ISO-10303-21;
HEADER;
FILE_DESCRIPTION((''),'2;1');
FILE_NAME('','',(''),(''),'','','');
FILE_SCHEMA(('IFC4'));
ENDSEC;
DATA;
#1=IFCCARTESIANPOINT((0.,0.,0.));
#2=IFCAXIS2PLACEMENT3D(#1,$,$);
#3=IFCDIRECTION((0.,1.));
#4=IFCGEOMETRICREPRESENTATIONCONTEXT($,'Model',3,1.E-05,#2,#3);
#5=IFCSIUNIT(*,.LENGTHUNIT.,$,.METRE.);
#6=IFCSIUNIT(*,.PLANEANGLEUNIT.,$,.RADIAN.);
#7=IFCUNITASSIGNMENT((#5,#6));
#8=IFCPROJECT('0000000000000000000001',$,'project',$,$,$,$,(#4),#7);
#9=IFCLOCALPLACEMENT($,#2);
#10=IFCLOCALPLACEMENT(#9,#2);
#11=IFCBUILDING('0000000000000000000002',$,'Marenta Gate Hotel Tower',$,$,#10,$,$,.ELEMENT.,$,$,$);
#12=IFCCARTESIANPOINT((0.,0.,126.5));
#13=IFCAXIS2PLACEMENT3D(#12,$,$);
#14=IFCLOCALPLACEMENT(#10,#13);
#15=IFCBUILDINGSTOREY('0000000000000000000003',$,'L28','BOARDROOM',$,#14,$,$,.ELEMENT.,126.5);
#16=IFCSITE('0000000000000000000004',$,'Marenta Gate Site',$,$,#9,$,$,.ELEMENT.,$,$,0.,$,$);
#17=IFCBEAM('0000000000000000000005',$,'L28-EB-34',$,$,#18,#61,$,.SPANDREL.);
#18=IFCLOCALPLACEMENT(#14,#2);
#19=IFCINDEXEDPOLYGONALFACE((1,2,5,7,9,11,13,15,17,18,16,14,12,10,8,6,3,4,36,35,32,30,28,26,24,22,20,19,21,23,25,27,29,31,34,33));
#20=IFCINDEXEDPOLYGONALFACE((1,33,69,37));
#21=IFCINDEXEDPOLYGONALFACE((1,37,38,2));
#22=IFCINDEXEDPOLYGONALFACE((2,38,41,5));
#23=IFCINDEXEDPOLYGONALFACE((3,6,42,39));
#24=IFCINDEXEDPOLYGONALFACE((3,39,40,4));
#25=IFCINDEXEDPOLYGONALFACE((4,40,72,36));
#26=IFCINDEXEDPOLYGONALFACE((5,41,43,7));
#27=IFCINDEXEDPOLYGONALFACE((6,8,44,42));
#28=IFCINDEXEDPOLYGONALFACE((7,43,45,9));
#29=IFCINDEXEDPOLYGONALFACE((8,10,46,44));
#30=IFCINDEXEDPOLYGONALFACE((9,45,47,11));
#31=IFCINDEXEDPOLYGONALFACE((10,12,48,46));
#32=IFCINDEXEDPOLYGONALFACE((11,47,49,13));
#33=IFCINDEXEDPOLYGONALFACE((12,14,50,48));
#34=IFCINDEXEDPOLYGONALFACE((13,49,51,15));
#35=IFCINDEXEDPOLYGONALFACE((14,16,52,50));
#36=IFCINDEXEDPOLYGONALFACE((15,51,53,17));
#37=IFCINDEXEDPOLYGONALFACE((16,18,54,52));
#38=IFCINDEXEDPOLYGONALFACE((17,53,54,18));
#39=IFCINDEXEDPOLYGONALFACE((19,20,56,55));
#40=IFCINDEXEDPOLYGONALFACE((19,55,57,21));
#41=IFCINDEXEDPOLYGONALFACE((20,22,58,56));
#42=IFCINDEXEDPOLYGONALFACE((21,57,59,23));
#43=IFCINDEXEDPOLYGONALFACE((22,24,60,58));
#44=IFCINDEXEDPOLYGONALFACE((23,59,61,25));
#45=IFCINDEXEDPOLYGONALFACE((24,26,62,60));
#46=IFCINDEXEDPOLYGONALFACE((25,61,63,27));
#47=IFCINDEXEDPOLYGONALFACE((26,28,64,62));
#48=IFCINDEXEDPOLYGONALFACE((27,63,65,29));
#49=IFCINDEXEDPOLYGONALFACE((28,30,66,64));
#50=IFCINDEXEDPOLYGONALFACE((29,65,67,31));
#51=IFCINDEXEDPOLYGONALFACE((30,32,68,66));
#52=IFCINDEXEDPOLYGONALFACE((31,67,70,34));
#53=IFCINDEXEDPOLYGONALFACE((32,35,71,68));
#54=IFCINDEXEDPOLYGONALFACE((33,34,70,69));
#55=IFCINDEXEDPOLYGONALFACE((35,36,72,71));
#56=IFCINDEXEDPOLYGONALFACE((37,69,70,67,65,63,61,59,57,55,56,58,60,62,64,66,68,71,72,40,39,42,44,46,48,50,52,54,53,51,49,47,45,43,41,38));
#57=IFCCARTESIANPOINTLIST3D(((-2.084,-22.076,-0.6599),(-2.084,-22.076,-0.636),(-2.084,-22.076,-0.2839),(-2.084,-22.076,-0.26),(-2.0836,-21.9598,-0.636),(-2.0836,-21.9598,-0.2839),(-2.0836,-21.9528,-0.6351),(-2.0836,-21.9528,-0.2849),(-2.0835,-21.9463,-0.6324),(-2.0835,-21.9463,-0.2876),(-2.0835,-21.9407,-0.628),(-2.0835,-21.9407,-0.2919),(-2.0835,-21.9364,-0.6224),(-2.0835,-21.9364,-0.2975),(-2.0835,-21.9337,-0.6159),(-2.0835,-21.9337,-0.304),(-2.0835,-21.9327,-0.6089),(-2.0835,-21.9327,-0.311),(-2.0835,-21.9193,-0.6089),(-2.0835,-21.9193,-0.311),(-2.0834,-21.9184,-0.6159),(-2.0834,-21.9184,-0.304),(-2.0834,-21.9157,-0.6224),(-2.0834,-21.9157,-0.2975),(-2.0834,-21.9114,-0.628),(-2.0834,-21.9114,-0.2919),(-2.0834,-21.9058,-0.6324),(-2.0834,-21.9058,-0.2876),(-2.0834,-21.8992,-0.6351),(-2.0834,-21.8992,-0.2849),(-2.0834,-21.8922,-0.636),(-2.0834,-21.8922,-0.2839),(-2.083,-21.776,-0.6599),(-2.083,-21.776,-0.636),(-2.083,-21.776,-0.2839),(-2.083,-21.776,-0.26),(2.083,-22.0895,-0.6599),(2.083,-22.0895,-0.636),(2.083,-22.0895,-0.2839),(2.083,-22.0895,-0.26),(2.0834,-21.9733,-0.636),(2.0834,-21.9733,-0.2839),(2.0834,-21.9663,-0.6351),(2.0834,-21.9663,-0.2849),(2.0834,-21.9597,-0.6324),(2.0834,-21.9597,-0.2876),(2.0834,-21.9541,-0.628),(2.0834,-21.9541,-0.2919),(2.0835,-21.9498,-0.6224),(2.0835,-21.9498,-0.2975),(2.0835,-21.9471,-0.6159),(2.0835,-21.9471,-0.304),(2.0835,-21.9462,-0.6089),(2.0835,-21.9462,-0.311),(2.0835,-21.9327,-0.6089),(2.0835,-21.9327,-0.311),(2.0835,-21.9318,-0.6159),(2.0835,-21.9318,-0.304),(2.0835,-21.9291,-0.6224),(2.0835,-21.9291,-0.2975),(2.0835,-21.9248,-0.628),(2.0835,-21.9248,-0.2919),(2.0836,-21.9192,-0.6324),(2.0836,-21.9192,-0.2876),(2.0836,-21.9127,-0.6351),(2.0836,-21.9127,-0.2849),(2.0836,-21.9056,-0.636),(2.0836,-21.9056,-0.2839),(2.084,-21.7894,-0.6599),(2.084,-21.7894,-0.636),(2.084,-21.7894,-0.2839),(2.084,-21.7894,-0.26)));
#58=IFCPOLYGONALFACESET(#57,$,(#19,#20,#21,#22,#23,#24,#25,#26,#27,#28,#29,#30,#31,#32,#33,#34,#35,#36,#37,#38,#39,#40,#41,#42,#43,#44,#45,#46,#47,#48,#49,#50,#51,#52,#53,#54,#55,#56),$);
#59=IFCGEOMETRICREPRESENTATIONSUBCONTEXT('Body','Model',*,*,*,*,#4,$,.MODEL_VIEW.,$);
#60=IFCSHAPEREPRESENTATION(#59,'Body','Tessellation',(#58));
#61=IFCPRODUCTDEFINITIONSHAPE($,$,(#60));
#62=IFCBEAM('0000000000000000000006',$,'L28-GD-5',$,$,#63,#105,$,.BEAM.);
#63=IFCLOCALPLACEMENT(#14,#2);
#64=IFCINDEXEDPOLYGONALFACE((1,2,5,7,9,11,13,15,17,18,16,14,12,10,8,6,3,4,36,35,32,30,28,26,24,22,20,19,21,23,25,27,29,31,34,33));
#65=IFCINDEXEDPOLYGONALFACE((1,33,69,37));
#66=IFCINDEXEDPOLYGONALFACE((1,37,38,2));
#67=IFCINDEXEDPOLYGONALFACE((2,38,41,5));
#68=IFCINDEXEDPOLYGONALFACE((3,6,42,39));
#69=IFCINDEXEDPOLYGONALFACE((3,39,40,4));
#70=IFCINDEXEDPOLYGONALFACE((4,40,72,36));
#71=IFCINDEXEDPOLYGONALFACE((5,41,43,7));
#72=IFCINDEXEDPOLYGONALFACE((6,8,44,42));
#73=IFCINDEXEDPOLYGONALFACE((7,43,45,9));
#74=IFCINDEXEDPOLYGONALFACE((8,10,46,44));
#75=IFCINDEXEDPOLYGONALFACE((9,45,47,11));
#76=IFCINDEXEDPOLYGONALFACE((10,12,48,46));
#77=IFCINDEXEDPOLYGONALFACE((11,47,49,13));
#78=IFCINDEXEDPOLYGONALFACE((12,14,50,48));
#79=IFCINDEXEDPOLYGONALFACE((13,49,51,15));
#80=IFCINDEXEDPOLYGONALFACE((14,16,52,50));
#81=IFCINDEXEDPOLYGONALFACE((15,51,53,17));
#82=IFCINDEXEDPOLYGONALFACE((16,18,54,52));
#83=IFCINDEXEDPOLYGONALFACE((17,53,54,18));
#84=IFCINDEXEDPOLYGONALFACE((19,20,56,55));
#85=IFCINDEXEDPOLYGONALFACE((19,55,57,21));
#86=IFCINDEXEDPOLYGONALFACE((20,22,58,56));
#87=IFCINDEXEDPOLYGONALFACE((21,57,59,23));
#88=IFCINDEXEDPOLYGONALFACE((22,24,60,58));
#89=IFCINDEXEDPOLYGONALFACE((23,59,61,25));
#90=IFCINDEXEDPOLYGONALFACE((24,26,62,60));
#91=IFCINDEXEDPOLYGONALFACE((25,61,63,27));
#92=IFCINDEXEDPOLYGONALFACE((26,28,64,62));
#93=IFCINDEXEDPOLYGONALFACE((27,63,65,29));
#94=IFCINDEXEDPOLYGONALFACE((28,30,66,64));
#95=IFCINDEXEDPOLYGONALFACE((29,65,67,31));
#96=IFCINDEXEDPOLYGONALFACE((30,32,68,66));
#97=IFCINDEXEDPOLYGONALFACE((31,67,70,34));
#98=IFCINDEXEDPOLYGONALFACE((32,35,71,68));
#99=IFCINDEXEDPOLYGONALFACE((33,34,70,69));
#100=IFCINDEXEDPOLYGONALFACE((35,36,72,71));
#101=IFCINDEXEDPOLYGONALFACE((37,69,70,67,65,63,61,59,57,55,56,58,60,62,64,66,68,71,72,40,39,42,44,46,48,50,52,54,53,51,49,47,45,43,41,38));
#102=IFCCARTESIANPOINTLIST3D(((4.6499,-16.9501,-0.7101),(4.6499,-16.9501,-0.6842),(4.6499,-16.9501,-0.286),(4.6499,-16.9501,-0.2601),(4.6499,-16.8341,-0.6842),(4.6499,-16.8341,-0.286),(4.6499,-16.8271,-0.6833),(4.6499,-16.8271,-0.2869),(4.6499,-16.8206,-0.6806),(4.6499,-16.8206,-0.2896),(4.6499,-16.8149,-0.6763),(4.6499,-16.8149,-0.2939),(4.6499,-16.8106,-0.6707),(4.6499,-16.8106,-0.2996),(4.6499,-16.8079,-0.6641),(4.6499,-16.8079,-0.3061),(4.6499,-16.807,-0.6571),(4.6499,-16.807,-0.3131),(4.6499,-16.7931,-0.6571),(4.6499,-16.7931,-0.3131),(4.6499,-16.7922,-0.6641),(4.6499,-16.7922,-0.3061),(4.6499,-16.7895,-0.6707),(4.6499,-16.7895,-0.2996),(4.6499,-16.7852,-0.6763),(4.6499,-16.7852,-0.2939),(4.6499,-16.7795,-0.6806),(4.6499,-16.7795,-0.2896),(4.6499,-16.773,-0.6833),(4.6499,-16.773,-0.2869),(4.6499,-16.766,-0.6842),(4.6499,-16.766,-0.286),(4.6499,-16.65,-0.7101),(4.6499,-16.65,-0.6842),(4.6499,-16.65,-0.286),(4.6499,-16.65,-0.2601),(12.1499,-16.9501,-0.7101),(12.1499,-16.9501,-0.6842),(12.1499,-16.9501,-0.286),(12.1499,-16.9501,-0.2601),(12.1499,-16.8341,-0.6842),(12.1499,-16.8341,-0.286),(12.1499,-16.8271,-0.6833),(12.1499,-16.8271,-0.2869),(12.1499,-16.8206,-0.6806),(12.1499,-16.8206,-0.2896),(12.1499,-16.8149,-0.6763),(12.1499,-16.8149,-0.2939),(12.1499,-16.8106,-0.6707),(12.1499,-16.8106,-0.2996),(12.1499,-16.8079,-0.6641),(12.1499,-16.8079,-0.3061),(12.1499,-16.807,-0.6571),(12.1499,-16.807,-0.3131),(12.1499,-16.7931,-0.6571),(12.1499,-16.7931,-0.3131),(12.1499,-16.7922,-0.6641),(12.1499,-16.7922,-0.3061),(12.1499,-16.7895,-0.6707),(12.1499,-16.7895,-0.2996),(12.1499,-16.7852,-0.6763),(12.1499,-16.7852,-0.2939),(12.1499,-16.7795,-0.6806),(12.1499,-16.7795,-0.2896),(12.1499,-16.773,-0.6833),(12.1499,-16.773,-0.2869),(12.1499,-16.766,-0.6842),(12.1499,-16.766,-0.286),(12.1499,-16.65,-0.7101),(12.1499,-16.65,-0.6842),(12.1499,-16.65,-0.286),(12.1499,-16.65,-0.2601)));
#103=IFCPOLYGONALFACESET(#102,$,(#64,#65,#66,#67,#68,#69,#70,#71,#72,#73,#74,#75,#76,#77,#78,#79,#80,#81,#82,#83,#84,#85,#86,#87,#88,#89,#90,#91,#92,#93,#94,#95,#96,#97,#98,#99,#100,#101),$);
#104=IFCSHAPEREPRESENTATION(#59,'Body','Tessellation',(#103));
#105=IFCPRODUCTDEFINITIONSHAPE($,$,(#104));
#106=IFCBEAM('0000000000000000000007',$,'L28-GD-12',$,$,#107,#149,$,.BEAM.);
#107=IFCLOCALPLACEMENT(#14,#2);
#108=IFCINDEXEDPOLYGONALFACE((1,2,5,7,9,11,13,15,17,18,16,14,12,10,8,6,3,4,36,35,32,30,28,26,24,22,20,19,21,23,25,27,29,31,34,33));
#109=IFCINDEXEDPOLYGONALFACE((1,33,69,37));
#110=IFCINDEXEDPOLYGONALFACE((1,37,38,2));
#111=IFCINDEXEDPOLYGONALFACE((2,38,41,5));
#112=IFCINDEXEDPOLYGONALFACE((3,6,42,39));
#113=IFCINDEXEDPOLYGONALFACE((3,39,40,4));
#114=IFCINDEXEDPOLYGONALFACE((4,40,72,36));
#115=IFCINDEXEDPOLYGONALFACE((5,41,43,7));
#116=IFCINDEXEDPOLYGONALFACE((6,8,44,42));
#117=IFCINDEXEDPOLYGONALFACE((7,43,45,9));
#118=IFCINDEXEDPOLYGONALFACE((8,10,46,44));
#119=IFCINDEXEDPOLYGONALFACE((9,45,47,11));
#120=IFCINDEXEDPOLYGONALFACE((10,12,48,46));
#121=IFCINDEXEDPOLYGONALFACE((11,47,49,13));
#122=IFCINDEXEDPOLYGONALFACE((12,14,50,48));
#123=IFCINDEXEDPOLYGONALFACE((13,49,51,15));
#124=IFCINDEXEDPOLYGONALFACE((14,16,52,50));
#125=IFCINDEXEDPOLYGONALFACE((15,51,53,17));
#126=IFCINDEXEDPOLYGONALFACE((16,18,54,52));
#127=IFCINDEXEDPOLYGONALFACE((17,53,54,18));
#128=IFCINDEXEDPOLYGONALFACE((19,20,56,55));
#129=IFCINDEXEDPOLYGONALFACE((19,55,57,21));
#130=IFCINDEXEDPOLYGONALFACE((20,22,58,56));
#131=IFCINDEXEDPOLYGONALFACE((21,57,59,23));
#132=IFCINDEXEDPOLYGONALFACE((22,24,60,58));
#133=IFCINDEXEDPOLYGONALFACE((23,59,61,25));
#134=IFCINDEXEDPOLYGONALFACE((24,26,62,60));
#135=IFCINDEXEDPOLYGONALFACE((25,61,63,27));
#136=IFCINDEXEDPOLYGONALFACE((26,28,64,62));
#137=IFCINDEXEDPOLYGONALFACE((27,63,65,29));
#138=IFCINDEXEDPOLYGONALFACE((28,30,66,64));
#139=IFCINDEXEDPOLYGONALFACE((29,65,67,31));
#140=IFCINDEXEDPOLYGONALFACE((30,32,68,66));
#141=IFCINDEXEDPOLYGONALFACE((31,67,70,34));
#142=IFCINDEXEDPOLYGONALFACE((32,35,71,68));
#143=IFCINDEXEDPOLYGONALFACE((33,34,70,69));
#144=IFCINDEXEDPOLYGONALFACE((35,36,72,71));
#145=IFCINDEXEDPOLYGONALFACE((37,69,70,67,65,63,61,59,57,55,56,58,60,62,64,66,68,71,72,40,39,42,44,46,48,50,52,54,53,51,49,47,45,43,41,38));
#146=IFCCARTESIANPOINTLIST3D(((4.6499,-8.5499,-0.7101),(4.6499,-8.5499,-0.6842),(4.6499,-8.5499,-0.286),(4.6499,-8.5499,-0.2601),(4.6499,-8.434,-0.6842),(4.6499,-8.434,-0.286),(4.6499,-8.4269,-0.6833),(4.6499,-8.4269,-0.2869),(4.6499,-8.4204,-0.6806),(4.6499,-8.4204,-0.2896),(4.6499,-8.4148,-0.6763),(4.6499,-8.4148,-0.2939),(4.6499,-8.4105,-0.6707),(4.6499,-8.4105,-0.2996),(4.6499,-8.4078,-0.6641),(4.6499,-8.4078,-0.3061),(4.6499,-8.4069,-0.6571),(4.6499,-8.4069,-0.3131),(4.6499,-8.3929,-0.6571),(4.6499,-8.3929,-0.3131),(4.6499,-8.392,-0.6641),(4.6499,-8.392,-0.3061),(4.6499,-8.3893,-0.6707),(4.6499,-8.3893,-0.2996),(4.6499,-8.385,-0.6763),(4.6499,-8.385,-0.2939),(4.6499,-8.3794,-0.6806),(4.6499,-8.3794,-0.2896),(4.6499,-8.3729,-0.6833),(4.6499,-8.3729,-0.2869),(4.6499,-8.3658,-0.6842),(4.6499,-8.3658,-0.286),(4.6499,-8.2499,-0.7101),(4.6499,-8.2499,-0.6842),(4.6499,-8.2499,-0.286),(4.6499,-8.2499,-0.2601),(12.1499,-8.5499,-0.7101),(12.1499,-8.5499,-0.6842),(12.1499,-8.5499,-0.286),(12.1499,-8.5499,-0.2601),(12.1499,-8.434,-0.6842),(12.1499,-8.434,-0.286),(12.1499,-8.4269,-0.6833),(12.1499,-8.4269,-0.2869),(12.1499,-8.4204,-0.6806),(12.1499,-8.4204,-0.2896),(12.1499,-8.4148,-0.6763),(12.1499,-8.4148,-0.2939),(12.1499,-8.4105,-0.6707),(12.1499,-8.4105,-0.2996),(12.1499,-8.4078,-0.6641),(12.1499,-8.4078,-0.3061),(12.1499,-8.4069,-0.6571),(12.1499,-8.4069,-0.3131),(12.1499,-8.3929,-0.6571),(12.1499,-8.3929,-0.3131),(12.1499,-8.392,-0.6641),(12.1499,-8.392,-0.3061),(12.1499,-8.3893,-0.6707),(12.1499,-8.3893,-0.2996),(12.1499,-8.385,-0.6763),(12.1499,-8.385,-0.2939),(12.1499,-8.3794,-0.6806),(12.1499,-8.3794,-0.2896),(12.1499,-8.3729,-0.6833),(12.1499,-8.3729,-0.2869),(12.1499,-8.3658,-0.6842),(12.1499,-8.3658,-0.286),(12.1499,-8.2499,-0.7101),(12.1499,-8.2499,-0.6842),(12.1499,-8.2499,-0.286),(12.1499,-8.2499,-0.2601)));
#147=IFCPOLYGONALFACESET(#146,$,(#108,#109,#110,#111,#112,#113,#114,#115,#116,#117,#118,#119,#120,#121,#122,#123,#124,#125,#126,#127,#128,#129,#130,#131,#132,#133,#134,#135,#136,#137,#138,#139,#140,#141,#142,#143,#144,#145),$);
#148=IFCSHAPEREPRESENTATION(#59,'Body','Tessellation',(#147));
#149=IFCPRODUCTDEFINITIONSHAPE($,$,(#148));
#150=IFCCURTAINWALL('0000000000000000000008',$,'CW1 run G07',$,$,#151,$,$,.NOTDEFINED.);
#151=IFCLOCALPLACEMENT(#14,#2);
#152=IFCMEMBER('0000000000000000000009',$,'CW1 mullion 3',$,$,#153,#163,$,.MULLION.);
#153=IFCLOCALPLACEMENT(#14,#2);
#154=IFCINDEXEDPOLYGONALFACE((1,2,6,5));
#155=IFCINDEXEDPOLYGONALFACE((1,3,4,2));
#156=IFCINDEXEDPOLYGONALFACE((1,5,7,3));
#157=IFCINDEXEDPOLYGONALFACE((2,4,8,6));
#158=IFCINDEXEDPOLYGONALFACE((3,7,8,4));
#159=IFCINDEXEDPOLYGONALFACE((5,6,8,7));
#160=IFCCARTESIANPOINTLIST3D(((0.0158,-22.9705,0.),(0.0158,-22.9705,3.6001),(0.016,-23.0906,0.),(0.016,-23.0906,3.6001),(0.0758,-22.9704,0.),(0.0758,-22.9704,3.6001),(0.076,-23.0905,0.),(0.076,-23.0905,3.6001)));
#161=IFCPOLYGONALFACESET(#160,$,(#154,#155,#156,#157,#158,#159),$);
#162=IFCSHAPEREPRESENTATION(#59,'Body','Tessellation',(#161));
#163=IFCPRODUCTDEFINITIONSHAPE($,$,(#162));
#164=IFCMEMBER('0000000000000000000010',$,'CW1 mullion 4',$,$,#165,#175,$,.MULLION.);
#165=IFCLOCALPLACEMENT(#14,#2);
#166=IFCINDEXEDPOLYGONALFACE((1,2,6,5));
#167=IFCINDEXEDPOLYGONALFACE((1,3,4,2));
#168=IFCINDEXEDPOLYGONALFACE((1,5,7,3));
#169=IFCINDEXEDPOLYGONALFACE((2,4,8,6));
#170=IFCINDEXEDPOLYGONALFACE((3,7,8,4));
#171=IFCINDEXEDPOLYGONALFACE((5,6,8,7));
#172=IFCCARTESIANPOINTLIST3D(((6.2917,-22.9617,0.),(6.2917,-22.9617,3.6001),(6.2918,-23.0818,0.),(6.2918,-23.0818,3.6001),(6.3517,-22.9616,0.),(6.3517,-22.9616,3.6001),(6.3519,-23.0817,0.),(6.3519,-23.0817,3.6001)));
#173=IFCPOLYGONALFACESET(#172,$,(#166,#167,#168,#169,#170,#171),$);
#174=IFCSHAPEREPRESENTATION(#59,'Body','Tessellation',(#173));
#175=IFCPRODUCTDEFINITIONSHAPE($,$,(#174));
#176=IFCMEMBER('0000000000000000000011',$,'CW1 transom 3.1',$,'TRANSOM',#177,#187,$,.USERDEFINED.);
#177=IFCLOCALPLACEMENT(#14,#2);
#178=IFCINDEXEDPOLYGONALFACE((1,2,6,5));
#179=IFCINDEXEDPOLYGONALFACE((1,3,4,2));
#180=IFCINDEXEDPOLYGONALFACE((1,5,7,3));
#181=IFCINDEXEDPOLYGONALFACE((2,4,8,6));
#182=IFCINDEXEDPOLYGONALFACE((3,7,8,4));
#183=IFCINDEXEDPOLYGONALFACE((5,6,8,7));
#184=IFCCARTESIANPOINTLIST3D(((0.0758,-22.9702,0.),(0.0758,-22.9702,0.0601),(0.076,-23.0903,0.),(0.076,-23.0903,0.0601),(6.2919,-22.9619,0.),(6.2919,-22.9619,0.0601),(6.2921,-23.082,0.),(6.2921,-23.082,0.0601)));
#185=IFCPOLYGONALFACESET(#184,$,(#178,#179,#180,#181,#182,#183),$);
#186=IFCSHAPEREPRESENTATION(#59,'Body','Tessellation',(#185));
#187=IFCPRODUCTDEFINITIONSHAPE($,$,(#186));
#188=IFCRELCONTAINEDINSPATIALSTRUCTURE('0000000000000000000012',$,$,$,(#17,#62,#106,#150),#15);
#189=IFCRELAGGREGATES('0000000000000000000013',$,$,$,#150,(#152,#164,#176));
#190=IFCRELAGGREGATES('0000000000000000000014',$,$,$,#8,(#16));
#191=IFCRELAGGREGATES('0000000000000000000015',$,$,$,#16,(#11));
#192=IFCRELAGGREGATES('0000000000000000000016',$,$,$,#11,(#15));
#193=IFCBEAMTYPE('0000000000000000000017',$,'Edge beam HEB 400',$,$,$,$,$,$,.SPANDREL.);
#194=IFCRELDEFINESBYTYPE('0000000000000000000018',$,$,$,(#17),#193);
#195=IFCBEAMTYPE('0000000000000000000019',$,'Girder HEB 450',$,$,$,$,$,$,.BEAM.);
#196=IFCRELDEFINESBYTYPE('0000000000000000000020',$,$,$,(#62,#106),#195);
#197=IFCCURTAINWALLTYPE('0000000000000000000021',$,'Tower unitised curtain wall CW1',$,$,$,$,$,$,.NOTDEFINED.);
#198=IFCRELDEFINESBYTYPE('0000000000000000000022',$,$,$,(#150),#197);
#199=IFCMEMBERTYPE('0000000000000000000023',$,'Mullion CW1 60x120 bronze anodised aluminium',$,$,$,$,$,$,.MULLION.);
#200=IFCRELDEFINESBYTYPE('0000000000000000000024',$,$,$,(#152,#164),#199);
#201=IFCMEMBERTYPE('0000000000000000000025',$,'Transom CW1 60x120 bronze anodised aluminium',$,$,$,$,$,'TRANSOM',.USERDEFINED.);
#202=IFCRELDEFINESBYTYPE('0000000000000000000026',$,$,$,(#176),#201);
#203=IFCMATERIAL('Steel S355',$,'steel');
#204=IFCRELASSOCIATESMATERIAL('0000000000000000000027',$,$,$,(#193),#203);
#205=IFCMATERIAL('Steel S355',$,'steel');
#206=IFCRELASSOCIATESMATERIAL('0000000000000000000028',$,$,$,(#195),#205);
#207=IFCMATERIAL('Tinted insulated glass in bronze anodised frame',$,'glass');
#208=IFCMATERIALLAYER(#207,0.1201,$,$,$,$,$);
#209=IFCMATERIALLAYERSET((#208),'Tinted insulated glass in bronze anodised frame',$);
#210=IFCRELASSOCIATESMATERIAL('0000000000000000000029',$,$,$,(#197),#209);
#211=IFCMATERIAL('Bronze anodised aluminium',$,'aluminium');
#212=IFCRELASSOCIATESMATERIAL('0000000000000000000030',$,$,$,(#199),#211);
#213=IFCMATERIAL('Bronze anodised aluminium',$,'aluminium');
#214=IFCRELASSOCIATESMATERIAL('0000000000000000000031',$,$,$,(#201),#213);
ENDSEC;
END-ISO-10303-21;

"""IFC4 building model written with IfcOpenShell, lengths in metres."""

from ifc_helpers import new_model, si_unit, direction, frame, origin, origin_2d, place, context, subcontext, project, spatial, rectangle, i_section, extrude, material, layer, layer_set, material_profile, profile_set, type_object, element, aggregate, save


model = new_model("IFC4")

# Units and contexts
model_context = context("Model", 3, precision=1e-05, world=origin(), true_north=direction((0.0, 1.0)))
body_context = subcontext(model_context, "Body", "Model", "MODEL_VIEW")
ifc_project = project(units=[si_unit("LENGTHUNIT", "METRE"), si_unit("PLANEANGLEUNIT", "RADIAN")], contexts=[model_context])

# Site, building, storey
site_placement = place(None, origin())
site = spatial("IfcSite", under=ifc_project, at=site_placement, Name="Marenta Gate Site", CompositionType="ELEMENT", RefElevation=0.0)
building_placement = place(site_placement, origin())
building = spatial("IfcBuilding", under=site, at=building_placement, Name="Marenta Gate Hotel Tower", CompositionType="ELEMENT")
storey_placement = place(building_placement, frame((0.0, 0.0, 126.5)))
storey = spatial("IfcBuildingStorey", under=building, at=storey_placement, Name="L28", Description="BOARDROOM", CompositionType="ELEMENT", Elevation=126.5)

# Beams
ifc_material_1 = material(Name="Steel S355", Category="steel")
ifc_material_profile_1 = material_profile(ifc_material_1, i_section(OverallWidth=0.3, OverallDepth=0.3999, WebThickness=0.0134, FlangeThickness=0.0239, FilletRadius=0.0271, at=origin_2d()), Name="HEB 400")
ifc_profile_set_1 = profile_set([ifc_material_profile_1], Name="Steel S355")
beam_type_1 = type_object("IfcBeamType", Name="Edge beam HEB 400", PredefinedType="SPANDREL", material=ifc_profile_set_1)
beam_1_placement = place(storey_placement, frame((2.0835, -21.9395, -0.46), z_axis=(-0.999995, 0.003222, 0.0), x_axis=(-0.003222, -0.999995, 0.0)))
element("IfcBeam", 1, at=beam_1_placement, inside=storey, type_object=beam_type_1, Name="L28-EB-34", PredefinedType="SPANDREL", context=body_context, shape_type="SweptSolid", body=[
    extrude(i_section(OverallWidth=0.3, OverallDepth=0.3999, WebThickness=0.0134, FlangeThickness=0.0239, FilletRadius=0.0271, at=origin_2d()), origin(), (0.0, 0.0, 1.0), 4.167),
])
ifc_material_2 = material(Name="Steel S355", Category="steel")
ifc_material_profile_2 = material_profile(ifc_material_2, i_section(OverallWidth=0.3, OverallDepth=0.45, WebThickness=0.0139, FlangeThickness=0.0259, FilletRadius=0.0271, at=origin_2d()), Name="HEB 450")
ifc_profile_set_2 = profile_set([ifc_material_profile_2], Name="Steel S355")
beam_type_2 = type_object("IfcBeamType", Name="Girder HEB 450", PredefinedType="BEAM", material=ifc_profile_set_2)
for number, where, z_axis, x_axis, name in (
    (2, (4.6499, -16.8, -0.4851), (1.0, 0.0, 0.0), (0.0, 1.0, 0.0), "L28-GD-5"),
    (3, (4.6499, -8.3999, -0.4851), (1.0, 0.0, 0.0), (0.0, 1.0, 0.0), "L28-GD-12"),
):
    element("IfcBeam", number, at=place(storey_placement, frame(where, z_axis=z_axis, x_axis=x_axis)), inside=storey, type_object=beam_type_2, Name=name, PredefinedType="BEAM", context=body_context, shape_type="SweptSolid", body=[
        extrude(i_section(OverallWidth=0.3, OverallDepth=0.45, WebThickness=0.0139, FlangeThickness=0.0259, FilletRadius=0.0271, at=origin_2d()), origin(), (0.0, 0.0, 1.0), 7.5),
    ])

# Curtain wall, members
ifc_material_3 = material(Name="Tinted insulated glass in bronze anodised frame", Category="glass")
ifc_layer_1 = layer(ifc_material_3, 0.1201)
ifc_layer_set_1 = layer_set([ifc_layer_1], Name="Tinted insulated glass in bronze anodised frame")
curtain_wall_type = type_object("IfcCurtainWallType", Name="Tower unitised curtain wall CW1", PredefinedType="NOTDEFINED", material=ifc_layer_set_1)
curtain_wall_placement = place(storey_placement, origin())
curtain_wall = element("IfcCurtainWall", 4, at=curtain_wall_placement, inside=storey, type_object=curtain_wall_type, Name="CW1 run G07", PredefinedType="NOTDEFINED")
ifc_material_4 = material(Name="Bronze anodised aluminium", Category="aluminium")
ifc_material_profile_3 = material_profile(ifc_material_4, rectangle(XDim=0.1201, YDim=0.0601, at=origin_2d()), Name="Mullion CW1 60x120 bronze anodised aluminium")
ifc_profile_set_3 = profile_set([ifc_material_profile_3], Name="Bronze anodised aluminium")
member_type_1 = type_object("IfcMemberType", Name="Mullion CW1 60x120 bronze anodised aluminium", PredefinedType="MULLION", material=ifc_profile_set_3)
member_1_placement = place(storey_placement, frame((0.0459, -23.0305, 0.0), z_axis=(0.0, 0.0, 1.0), x_axis=(-0.001362, 0.999999, 0.0)))
member_1 = element("IfcMember", 5, at=member_1_placement, type_object=member_type_1, Name="CW1 mullion 3", PredefinedType="MULLION", context=body_context, shape_type="SweptSolid", body=[
    extrude(rectangle(XDim=0.1201, YDim=0.0601, at=origin_2d()), origin(), (0.0, 0.0, 1.0), 3.6001),
])
member_2_placement = place(storey_placement, frame((6.3218, -23.0217, 0.0), z_axis=(0.0, 0.0, 1.0), x_axis=(-0.001362, 0.999999, 0.0)))
member_2 = element("IfcMember", 6, at=member_2_placement, type_object=member_type_1, Name="CW1 mullion 4", PredefinedType="MULLION", context=body_context, shape_type="SweptSolid", body=[
    extrude(rectangle(XDim=0.1201, YDim=0.0601, at=origin_2d()), origin(), (0.0, 0.0, 1.0), 3.6001),
])
ifc_material_5 = material(Name="Bronze anodised aluminium", Category="aluminium")
ifc_material_profile_4 = material_profile(ifc_material_5, rectangle(XDim=0.1201, YDim=0.0601, at=origin_2d()), Name="Transom CW1 60x120 bronze anodised aluminium")
ifc_profile_set_4 = profile_set([ifc_material_profile_4], Name="Bronze anodised aluminium")
member_type_2 = type_object("IfcMemberType", Name="Transom CW1 60x120 bronze anodised aluminium", ElementType="TRANSOM", PredefinedType="USERDEFINED", material=ifc_profile_set_4)
member_3_placement = place(storey_placement, frame((0.0759, -23.0303, 0.03), z_axis=(0.999999, 0.001335, 0.0), x_axis=(-0.001335, 0.999999, 0.0)))
member_3 = element("IfcMember", 7, at=member_3_placement, type_object=member_type_2, Name="CW1 transom 3.1", ObjectType="TRANSOM", PredefinedType="USERDEFINED", context=body_context, shape_type="SweptSolid", body=[
    extrude(rectangle(XDim=0.1201, YDim=0.0601, at=origin_2d()), origin(), (0.0, 0.0, 1.0), 6.2161),
])
aggregate(curtain_wall, [member_1, member_2, member_3])

save(model, "model.ifc")
